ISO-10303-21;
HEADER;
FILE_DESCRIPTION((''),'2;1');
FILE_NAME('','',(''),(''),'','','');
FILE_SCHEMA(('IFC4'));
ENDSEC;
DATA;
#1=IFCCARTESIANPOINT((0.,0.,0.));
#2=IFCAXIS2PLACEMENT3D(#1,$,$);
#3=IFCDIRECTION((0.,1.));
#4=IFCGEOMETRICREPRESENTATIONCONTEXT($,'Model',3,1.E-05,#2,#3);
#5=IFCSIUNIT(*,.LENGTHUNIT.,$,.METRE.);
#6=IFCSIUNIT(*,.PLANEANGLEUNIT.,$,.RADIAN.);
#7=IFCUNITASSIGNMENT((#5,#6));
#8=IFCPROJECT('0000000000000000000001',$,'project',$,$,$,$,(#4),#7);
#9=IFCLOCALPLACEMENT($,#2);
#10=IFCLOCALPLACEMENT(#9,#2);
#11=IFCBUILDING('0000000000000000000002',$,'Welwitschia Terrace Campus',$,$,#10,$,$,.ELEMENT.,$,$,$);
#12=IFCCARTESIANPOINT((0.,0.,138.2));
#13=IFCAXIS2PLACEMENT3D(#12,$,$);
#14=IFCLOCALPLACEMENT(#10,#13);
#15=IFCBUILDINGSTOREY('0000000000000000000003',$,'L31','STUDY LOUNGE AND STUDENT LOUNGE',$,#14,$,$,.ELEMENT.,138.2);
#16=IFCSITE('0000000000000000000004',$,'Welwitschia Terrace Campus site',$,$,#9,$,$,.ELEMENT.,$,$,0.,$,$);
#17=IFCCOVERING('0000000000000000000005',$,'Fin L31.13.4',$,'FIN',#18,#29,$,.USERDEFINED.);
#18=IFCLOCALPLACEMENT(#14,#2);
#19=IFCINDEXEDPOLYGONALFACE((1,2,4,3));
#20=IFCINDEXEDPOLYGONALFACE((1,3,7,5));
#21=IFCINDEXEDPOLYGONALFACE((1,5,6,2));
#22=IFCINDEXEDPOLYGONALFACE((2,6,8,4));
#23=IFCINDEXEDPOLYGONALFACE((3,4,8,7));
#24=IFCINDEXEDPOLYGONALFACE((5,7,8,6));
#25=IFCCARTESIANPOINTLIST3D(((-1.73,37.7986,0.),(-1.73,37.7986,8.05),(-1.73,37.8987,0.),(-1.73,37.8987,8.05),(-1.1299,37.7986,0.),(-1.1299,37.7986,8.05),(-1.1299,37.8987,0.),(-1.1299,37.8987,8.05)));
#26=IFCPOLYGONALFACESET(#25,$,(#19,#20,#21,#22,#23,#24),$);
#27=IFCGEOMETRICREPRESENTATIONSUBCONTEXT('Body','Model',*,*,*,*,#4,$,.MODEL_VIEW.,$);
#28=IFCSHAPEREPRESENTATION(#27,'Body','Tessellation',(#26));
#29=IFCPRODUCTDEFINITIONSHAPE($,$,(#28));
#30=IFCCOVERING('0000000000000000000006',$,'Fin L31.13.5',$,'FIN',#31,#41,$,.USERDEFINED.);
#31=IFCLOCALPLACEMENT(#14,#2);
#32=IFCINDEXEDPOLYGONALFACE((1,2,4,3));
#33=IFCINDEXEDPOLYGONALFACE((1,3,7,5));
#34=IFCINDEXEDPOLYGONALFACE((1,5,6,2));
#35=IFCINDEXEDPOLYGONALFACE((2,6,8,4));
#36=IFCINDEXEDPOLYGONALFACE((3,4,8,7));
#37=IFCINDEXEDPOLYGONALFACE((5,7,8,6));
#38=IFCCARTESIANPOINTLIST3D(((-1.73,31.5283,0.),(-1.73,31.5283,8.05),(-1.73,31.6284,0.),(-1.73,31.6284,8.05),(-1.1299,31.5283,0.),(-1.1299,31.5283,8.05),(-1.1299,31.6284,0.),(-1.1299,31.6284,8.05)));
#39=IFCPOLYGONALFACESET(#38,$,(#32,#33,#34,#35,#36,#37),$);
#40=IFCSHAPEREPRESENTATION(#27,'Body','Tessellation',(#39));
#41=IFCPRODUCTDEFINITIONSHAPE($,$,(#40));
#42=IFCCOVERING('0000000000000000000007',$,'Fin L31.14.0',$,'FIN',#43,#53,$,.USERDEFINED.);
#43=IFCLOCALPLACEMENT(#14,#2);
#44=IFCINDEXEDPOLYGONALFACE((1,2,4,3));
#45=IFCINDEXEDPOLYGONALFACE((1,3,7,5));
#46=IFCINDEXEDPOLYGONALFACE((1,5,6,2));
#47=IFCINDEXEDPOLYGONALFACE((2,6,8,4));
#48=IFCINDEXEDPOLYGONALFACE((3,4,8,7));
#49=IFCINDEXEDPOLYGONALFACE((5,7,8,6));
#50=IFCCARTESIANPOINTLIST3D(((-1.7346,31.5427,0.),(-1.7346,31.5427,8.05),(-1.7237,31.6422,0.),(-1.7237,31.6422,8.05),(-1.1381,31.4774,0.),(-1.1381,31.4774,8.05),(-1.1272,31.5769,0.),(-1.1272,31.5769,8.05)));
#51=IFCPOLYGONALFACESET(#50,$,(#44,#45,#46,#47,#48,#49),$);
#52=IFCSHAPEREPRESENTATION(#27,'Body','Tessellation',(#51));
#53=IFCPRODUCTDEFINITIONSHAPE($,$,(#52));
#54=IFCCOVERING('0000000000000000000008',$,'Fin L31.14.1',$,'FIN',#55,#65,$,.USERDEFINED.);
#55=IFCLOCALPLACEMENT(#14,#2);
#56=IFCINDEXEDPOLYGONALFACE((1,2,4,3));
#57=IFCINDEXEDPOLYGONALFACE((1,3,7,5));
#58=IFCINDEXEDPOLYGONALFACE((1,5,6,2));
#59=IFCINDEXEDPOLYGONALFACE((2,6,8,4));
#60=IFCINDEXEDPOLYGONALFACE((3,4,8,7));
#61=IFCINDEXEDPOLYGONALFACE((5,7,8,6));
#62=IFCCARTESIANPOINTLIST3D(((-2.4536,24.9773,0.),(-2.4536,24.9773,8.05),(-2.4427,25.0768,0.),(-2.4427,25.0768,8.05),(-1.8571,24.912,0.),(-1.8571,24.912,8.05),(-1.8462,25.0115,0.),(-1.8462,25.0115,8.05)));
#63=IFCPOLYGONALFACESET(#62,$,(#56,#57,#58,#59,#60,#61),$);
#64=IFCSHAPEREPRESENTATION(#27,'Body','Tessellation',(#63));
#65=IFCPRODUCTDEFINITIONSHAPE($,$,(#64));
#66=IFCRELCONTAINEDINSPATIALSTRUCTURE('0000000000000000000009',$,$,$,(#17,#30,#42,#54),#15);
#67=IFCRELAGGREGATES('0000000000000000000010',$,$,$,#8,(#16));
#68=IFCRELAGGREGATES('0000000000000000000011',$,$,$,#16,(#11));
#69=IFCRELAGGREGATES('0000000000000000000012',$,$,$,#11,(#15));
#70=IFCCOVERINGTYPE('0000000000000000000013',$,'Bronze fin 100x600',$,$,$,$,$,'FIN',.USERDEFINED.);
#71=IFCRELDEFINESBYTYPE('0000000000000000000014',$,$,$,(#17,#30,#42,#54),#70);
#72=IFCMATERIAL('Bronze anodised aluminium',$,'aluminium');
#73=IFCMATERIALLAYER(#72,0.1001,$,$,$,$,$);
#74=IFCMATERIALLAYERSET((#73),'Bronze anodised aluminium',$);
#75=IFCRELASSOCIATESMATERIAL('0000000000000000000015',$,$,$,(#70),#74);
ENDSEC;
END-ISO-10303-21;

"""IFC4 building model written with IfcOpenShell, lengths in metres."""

from ifc_helpers import new_model, si_unit, direction, frame, origin, origin_2d, place, context, subcontext, project, spatial, rectangle, extrude, material, layer, layer_set, type_object, element, save


model = new_model("IFC4")

# Units and contexts
model_context = context("Model", 3, precision=1e-05, world=origin(), true_north=direction((0.0, 1.0)))
body_context = subcontext(model_context, "Body", "Model", "MODEL_VIEW")
ifc_project = project(units=[si_unit("LENGTHUNIT", "METRE"), si_unit("PLANEANGLEUNIT", "RADIAN")], contexts=[model_context])

# Site, building, storey
site_placement = place(None, origin())
site = spatial("IfcSite", under=ifc_project, at=site_placement, Name="Welwitschia Terrace Campus site", CompositionType="ELEMENT", RefElevation=0.0)
building_placement = place(site_placement, origin())
building = spatial("IfcBuilding", under=site, at=building_placement, Name="Welwitschia Terrace Campus", CompositionType="ELEMENT")
storey_placement = place(building_placement, frame((0.0, 0.0, 138.2)))
storey = spatial("IfcBuildingStorey", under=building, at=storey_placement, Name="L31", Description="STUDY LOUNGE AND STUDENT LOUNGE", CompositionType="ELEMENT", Elevation=138.2)

# Coverings
ifc_material_1 = material(Name="Bronze anodised aluminium", Category="aluminium")
ifc_layer_1 = layer(ifc_material_1, 0.1001)
ifc_layer_set_1 = layer_set([ifc_layer_1], Name="Bronze anodised aluminium")
covering_type = type_object("IfcCoveringType", Name="Bronze fin 100x600", ElementType="FIN", PredefinedType="USERDEFINED", material=ifc_layer_set_1)
for number, where, z_axis, x_axis, name in (
    (1, (-1.4299, 37.8486, 0.0), (0.0, 0.0, 1.0), (0.0, -1.0, 0.0), "Fin L31.13.4"),
    (2, (-1.4299, 31.5784, 0.0), (0.0, 0.0, 1.0), (0.0, -1.0, 0.0), "Fin L31.13.5"),
    (3, (-1.4309, 31.5598, 0.0), (0.0, 0.0, 1.0), (-0.108867, -0.994056, 0.0), "Fin L31.14.0"),
    (4, (-2.1499, 24.9944, 0.0), (0.0, 0.0, 1.0), (-0.108867, -0.994056, 0.0), "Fin L31.14.1"),
):
    element("IfcCovering", number, at=place(storey_placement, frame(where, z_axis=z_axis, x_axis=x_axis)), inside=storey, type_object=covering_type, Name=name, ObjectType="FIN", PredefinedType="USERDEFINED", context=body_context, shape_type="SweptSolid", body=[
        extrude(rectangle(XDim=0.1001, YDim=0.6001, at=origin_2d()), origin(), (0.0, 0.0, 1.0), 8.05),
    ])

save(model, "model.ifc")
